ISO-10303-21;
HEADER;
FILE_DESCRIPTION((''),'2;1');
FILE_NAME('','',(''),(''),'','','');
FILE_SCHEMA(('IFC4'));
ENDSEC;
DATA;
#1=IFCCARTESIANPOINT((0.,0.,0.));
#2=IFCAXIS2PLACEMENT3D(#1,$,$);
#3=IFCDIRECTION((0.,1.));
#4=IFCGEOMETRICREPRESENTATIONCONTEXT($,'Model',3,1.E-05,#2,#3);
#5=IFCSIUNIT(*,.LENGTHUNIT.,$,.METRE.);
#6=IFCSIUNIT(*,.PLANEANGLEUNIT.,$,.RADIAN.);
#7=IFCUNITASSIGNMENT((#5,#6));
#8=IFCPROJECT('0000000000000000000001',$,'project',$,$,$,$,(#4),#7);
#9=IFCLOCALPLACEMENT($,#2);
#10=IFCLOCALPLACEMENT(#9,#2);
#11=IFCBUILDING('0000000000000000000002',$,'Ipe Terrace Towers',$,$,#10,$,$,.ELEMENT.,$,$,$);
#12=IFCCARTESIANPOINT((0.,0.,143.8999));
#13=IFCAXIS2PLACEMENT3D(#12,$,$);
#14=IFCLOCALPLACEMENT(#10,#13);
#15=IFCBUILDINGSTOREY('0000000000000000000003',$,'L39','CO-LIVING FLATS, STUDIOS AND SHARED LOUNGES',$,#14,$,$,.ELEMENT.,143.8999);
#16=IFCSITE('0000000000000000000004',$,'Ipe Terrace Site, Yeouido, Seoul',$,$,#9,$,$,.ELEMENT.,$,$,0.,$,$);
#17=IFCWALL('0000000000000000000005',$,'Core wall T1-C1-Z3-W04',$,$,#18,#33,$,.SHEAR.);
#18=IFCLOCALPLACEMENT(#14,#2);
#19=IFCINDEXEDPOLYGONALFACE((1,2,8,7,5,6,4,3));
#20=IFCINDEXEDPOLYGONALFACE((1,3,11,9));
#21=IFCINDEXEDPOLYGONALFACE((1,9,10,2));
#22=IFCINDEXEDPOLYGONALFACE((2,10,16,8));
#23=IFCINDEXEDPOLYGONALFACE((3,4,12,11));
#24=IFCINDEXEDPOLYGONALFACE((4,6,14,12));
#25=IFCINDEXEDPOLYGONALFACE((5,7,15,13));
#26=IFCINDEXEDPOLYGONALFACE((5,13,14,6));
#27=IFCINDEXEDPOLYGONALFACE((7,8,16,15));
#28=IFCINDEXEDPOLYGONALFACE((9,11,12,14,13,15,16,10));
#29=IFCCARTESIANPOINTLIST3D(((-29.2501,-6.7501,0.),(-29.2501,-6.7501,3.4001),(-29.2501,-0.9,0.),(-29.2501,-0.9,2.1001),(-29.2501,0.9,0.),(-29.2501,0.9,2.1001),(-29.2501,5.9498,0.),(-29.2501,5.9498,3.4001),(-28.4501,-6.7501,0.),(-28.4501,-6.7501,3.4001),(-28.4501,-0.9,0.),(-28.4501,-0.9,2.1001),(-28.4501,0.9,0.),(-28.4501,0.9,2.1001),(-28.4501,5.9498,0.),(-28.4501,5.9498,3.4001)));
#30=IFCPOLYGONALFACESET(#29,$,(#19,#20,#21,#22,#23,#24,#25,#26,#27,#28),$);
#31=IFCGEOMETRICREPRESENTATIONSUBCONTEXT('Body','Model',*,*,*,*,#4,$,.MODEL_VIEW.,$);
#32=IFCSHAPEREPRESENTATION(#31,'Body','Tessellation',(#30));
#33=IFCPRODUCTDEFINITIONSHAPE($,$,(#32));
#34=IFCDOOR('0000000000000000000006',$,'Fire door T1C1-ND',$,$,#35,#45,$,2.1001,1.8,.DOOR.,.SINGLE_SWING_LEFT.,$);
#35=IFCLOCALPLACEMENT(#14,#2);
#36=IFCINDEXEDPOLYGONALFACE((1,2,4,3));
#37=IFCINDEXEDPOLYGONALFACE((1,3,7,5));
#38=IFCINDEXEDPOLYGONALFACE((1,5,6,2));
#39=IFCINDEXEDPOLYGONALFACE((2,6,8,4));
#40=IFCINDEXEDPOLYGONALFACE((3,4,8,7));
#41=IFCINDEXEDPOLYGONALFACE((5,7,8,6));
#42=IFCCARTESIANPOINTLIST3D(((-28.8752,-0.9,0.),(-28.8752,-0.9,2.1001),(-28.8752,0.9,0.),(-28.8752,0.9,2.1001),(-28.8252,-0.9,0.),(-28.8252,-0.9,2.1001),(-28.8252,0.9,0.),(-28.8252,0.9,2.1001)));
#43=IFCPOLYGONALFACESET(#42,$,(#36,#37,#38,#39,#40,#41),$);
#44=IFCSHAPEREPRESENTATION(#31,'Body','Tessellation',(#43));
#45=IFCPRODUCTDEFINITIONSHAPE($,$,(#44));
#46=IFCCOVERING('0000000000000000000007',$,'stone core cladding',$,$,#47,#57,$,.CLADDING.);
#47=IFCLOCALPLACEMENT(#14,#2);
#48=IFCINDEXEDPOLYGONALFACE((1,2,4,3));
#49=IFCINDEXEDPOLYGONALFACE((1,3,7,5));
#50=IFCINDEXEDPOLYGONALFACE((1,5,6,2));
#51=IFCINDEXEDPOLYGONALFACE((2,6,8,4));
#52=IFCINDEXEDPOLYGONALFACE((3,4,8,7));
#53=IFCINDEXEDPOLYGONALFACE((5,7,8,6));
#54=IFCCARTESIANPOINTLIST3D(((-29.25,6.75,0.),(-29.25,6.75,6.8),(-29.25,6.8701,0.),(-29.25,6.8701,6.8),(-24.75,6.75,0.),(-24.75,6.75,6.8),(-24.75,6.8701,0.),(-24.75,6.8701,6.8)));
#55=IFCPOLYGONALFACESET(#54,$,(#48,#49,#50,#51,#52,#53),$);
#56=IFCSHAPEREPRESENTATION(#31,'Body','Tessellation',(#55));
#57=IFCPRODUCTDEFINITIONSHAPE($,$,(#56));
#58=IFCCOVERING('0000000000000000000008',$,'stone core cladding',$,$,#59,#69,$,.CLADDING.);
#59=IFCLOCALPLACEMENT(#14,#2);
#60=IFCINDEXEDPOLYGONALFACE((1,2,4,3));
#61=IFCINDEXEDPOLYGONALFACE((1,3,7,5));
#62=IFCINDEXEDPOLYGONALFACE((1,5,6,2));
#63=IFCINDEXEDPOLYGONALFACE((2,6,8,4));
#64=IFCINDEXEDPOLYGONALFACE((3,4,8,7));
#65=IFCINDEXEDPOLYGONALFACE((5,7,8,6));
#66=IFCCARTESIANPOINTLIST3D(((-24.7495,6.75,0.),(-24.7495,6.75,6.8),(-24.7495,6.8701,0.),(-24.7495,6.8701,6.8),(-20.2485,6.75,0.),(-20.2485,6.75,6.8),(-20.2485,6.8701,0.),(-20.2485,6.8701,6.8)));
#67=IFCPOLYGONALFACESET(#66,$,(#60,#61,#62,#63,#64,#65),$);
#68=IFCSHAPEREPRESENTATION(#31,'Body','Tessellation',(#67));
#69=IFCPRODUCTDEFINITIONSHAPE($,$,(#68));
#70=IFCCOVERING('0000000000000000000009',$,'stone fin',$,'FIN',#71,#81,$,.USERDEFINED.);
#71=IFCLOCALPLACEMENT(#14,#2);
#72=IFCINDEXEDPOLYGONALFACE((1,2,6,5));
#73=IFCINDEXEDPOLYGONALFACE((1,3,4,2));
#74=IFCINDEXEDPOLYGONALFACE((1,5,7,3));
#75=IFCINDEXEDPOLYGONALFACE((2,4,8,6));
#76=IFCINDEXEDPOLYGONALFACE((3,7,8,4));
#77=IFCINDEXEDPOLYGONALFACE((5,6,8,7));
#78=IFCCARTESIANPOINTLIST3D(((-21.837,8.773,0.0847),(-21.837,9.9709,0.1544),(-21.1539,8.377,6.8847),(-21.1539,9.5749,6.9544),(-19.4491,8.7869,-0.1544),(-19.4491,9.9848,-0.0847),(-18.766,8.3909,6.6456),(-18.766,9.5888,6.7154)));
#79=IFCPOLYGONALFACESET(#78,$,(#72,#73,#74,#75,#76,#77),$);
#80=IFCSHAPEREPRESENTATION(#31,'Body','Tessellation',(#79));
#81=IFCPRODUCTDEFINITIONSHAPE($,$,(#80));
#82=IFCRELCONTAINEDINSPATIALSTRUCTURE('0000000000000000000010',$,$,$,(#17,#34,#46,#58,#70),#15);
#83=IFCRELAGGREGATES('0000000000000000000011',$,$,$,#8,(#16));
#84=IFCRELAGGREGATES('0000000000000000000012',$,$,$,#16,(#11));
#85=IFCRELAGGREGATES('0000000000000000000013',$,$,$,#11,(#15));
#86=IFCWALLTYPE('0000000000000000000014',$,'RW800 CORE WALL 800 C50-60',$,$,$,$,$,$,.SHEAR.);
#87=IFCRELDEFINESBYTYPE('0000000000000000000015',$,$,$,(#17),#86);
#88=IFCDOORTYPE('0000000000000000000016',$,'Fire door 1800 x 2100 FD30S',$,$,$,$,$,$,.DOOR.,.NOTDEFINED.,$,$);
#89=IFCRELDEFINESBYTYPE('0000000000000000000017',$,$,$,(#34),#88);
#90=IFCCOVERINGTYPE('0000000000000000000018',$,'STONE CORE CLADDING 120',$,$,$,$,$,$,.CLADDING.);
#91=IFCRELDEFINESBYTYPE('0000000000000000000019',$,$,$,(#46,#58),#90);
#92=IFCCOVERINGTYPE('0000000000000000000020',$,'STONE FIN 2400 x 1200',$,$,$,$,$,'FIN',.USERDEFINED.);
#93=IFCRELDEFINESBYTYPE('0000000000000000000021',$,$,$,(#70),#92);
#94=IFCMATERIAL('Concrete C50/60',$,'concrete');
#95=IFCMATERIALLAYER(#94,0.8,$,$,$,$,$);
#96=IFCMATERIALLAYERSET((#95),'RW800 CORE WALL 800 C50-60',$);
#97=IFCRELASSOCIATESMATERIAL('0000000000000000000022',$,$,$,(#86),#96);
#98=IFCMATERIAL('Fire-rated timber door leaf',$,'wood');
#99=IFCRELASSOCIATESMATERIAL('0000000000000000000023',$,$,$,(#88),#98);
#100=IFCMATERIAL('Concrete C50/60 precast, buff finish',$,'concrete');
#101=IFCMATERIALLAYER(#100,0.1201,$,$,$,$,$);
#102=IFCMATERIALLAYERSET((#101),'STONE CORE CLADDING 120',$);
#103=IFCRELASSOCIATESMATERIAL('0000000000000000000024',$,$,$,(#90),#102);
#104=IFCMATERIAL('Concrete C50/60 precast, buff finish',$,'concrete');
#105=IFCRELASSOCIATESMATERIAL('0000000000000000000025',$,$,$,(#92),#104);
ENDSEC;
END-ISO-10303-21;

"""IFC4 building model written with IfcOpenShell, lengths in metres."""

from ifc_helpers import new_model, si_unit, direction, frame, frame_2d, origin, origin_2d, place, context, subcontext, project, spatial, rectangle, extrude, material, layer, layer_set, material_profile, profile_set, type_object, element, fill, save


model = new_model("IFC4")

# Units and contexts
model_context = context("Model", 3, precision=1e-05, world=origin(), true_north=direction((0.0, 1.0)))
body_context = subcontext(model_context, "Body", "Model", "MODEL_VIEW")
ifc_project = project(units=[si_unit("LENGTHUNIT", "METRE"), si_unit("PLANEANGLEUNIT", "RADIAN")], contexts=[model_context])

# Site, building, storey
site_placement = place(None, origin())
site = spatial("IfcSite", under=ifc_project, at=site_placement, Name="Ipe Terrace Site, Yeouido, Seoul", CompositionType="ELEMENT", RefElevation=0.0)
building_placement = place(site_placement, origin())
building = spatial("IfcBuilding", under=site, at=building_placement, Name="Ipe Terrace Towers", CompositionType="ELEMENT")
storey_placement = place(building_placement, frame((0.0, 0.0, 143.8999)))
storey = spatial("IfcBuildingStorey", under=building, at=storey_placement, Name="L39", Description="CO-LIVING FLATS, STUDIOS AND SHARED LOUNGES", CompositionType="ELEMENT", Elevation=143.8999)

# Shared definitions
ifc_material_1 = material(Name="Concrete C50/60", Category="concrete")
ifc_layer_1 = layer(ifc_material_1, 0.8)
ifc_layer_set_1 = layer_set([ifc_layer_1], Name="RW800 CORE WALL 800 C50-60")
wall_type_1 = type_object("IfcWallType", Name="RW800 CORE WALL 800 C50-60", PredefinedType="SHEAR", material=ifc_layer_set_1)

# Wall, opening, door
wall_1_placement = place(storey_placement, frame((-28.8501, 5.95, 0.0), z_axis=(0.0, 0.0, 1.0), x_axis=(0.0, -1.0, 0.0)))
wall_1 = element("IfcWall", 1, at=wall_1_placement, inside=storey, type_object=wall_type_1, Name="Core wall T1-C1-Z3-W04", PredefinedType="SHEAR", context=body_context, shape_type="SweptSolid", body=[
    extrude(rectangle(XDim=12.7, YDim=0.8, at=frame_2d((6.3501, 0.0))), origin(), (0.0, 0.0, 1.0), 3.4001),
])
opening_1_placement = place(wall_1_placement, frame((5.05, 0.0, 0.0)))
opening_1 = element("IfcOpeningElement", 2, at=opening_1_placement, cuts=wall_1, PredefinedType="OPENING", context=body_context, shape_type="SweptSolid", body=[
    extrude(rectangle(XDim=1.8, YDim=2.1001, at=frame_2d((0.8999, 1.05))), frame((0.0, 0.4102, 0.0), z_axis=(0.0, -1.0, 0.0), x_axis=(1.0, 0.0, 0.0)), (0.0, 0.0, 1.0), 0.8201),
])
ifc_material_2 = material(Name="Fire-rated timber door leaf", Category="wood")
door_type_1 = type_object("IfcDoorType", Name="Fire door 1800 x 2100 FD30S", OperationType="NOTDEFINED", PredefinedType="DOOR", material=ifc_material_2)
door_1_placement = place(opening_1_placement, origin())
door_1 = element("IfcDoor", 3, at=door_1_placement, inside=storey, type_object=door_type_1, Name="Fire door T1C1-ND", OperationType="SINGLE_SWING_LEFT", OverallHeight=2.1001, OverallWidth=1.8, PredefinedType="DOOR", context=body_context, shape_type="SweptSolid", body=[
    extrude(rectangle(XDim=1.8, YDim=2.1001, at=frame_2d((0.8999, 1.05))), frame((0.0, 0.0249, 0.0), z_axis=(0.0, -1.0, 0.0), x_axis=(1.0, 0.0, 0.0)), (0.0, 0.0, 1.0), 0.05),
])
fill(opening_1, door_1)

# Coverings
ifc_material_3 = material(Name="Concrete C50/60 precast, buff finish", Category="concrete")
ifc_layer_2 = layer(ifc_material_3, 0.1201)
ifc_layer_set_2 = layer_set([ifc_layer_2], Name="STONE CORE CLADDING 120")
covering_type_1 = type_object("IfcCoveringType", Name="STONE CORE CLADDING 120", PredefinedType="CLADDING", material=ifc_layer_set_2)
covering_1_placement = place(storey_placement, frame((-27.0, 6.8101, 0.0), z_axis=(0.0, 0.0, 1.0), x_axis=(-1.0, 0.0, 0.0)))
element("IfcCovering", 4, at=covering_1_placement, inside=storey, type_object=covering_type_1, Name="stone core cladding", PredefinedType="CLADDING", context=body_context, shape_type="SweptSolid", body=[
    extrude(rectangle(XDim=4.5, YDim=0.1201, at=origin_2d()), origin(), (0.0, 0.0, 1.0), 6.8),
])
covering_2_placement = place(storey_placement, frame((-22.499, 6.8101, 0.0), z_axis=(0.0, 0.0, 1.0), x_axis=(-1.0, 0.0, 0.0)))
element("IfcCovering", 5, at=covering_2_placement, inside=storey, type_object=covering_type_1, Name="stone core cladding", PredefinedType="CLADDING", context=body_context, shape_type="SweptSolid", body=[
    extrude(rectangle(XDim=4.501, YDim=0.1201, at=origin_2d()), origin(), (0.0, 0.0, 1.0), 6.8),
])
ifc_material_4 = material(Name="Concrete C50/60 precast, buff finish", Category="concrete")
ifc_material_profile_1 = material_profile(ifc_material_4, rectangle(XDim=2.3999, YDim=1.2, at=origin_2d()), Name="STONE FIN 2400 x 1200")
ifc_profile_set_1 = profile_set([ifc_material_profile_1], Name="Concrete C50/60 precast, buff finish")
covering_type_2 = type_object("IfcCoveringType", Name="STONE FIN 2400 x 1200", ElementType="FIN", PredefinedType="USERDEFINED", material=ifc_profile_set_1)
covering_3_placement = place(storey_placement, frame((-20.6431, 9.3789, 0.0), z_axis=(0.099786, -0.057846, 0.993326), x_axis=(-0.995009, -0.005801, 0.099617)))
element("IfcCovering", 6, at=covering_3_placement, inside=storey, type_object=covering_type_2, Name="stone fin", ObjectType="FIN", PredefinedType="USERDEFINED", context=body_context, shape_type="SweptSolid", body=[
    extrude(rectangle(XDim=2.3999, YDim=1.2, at=origin_2d()), origin(), (0.0, 0.0, 1.0), 6.8457),
])

save(model, "model.ifc")
